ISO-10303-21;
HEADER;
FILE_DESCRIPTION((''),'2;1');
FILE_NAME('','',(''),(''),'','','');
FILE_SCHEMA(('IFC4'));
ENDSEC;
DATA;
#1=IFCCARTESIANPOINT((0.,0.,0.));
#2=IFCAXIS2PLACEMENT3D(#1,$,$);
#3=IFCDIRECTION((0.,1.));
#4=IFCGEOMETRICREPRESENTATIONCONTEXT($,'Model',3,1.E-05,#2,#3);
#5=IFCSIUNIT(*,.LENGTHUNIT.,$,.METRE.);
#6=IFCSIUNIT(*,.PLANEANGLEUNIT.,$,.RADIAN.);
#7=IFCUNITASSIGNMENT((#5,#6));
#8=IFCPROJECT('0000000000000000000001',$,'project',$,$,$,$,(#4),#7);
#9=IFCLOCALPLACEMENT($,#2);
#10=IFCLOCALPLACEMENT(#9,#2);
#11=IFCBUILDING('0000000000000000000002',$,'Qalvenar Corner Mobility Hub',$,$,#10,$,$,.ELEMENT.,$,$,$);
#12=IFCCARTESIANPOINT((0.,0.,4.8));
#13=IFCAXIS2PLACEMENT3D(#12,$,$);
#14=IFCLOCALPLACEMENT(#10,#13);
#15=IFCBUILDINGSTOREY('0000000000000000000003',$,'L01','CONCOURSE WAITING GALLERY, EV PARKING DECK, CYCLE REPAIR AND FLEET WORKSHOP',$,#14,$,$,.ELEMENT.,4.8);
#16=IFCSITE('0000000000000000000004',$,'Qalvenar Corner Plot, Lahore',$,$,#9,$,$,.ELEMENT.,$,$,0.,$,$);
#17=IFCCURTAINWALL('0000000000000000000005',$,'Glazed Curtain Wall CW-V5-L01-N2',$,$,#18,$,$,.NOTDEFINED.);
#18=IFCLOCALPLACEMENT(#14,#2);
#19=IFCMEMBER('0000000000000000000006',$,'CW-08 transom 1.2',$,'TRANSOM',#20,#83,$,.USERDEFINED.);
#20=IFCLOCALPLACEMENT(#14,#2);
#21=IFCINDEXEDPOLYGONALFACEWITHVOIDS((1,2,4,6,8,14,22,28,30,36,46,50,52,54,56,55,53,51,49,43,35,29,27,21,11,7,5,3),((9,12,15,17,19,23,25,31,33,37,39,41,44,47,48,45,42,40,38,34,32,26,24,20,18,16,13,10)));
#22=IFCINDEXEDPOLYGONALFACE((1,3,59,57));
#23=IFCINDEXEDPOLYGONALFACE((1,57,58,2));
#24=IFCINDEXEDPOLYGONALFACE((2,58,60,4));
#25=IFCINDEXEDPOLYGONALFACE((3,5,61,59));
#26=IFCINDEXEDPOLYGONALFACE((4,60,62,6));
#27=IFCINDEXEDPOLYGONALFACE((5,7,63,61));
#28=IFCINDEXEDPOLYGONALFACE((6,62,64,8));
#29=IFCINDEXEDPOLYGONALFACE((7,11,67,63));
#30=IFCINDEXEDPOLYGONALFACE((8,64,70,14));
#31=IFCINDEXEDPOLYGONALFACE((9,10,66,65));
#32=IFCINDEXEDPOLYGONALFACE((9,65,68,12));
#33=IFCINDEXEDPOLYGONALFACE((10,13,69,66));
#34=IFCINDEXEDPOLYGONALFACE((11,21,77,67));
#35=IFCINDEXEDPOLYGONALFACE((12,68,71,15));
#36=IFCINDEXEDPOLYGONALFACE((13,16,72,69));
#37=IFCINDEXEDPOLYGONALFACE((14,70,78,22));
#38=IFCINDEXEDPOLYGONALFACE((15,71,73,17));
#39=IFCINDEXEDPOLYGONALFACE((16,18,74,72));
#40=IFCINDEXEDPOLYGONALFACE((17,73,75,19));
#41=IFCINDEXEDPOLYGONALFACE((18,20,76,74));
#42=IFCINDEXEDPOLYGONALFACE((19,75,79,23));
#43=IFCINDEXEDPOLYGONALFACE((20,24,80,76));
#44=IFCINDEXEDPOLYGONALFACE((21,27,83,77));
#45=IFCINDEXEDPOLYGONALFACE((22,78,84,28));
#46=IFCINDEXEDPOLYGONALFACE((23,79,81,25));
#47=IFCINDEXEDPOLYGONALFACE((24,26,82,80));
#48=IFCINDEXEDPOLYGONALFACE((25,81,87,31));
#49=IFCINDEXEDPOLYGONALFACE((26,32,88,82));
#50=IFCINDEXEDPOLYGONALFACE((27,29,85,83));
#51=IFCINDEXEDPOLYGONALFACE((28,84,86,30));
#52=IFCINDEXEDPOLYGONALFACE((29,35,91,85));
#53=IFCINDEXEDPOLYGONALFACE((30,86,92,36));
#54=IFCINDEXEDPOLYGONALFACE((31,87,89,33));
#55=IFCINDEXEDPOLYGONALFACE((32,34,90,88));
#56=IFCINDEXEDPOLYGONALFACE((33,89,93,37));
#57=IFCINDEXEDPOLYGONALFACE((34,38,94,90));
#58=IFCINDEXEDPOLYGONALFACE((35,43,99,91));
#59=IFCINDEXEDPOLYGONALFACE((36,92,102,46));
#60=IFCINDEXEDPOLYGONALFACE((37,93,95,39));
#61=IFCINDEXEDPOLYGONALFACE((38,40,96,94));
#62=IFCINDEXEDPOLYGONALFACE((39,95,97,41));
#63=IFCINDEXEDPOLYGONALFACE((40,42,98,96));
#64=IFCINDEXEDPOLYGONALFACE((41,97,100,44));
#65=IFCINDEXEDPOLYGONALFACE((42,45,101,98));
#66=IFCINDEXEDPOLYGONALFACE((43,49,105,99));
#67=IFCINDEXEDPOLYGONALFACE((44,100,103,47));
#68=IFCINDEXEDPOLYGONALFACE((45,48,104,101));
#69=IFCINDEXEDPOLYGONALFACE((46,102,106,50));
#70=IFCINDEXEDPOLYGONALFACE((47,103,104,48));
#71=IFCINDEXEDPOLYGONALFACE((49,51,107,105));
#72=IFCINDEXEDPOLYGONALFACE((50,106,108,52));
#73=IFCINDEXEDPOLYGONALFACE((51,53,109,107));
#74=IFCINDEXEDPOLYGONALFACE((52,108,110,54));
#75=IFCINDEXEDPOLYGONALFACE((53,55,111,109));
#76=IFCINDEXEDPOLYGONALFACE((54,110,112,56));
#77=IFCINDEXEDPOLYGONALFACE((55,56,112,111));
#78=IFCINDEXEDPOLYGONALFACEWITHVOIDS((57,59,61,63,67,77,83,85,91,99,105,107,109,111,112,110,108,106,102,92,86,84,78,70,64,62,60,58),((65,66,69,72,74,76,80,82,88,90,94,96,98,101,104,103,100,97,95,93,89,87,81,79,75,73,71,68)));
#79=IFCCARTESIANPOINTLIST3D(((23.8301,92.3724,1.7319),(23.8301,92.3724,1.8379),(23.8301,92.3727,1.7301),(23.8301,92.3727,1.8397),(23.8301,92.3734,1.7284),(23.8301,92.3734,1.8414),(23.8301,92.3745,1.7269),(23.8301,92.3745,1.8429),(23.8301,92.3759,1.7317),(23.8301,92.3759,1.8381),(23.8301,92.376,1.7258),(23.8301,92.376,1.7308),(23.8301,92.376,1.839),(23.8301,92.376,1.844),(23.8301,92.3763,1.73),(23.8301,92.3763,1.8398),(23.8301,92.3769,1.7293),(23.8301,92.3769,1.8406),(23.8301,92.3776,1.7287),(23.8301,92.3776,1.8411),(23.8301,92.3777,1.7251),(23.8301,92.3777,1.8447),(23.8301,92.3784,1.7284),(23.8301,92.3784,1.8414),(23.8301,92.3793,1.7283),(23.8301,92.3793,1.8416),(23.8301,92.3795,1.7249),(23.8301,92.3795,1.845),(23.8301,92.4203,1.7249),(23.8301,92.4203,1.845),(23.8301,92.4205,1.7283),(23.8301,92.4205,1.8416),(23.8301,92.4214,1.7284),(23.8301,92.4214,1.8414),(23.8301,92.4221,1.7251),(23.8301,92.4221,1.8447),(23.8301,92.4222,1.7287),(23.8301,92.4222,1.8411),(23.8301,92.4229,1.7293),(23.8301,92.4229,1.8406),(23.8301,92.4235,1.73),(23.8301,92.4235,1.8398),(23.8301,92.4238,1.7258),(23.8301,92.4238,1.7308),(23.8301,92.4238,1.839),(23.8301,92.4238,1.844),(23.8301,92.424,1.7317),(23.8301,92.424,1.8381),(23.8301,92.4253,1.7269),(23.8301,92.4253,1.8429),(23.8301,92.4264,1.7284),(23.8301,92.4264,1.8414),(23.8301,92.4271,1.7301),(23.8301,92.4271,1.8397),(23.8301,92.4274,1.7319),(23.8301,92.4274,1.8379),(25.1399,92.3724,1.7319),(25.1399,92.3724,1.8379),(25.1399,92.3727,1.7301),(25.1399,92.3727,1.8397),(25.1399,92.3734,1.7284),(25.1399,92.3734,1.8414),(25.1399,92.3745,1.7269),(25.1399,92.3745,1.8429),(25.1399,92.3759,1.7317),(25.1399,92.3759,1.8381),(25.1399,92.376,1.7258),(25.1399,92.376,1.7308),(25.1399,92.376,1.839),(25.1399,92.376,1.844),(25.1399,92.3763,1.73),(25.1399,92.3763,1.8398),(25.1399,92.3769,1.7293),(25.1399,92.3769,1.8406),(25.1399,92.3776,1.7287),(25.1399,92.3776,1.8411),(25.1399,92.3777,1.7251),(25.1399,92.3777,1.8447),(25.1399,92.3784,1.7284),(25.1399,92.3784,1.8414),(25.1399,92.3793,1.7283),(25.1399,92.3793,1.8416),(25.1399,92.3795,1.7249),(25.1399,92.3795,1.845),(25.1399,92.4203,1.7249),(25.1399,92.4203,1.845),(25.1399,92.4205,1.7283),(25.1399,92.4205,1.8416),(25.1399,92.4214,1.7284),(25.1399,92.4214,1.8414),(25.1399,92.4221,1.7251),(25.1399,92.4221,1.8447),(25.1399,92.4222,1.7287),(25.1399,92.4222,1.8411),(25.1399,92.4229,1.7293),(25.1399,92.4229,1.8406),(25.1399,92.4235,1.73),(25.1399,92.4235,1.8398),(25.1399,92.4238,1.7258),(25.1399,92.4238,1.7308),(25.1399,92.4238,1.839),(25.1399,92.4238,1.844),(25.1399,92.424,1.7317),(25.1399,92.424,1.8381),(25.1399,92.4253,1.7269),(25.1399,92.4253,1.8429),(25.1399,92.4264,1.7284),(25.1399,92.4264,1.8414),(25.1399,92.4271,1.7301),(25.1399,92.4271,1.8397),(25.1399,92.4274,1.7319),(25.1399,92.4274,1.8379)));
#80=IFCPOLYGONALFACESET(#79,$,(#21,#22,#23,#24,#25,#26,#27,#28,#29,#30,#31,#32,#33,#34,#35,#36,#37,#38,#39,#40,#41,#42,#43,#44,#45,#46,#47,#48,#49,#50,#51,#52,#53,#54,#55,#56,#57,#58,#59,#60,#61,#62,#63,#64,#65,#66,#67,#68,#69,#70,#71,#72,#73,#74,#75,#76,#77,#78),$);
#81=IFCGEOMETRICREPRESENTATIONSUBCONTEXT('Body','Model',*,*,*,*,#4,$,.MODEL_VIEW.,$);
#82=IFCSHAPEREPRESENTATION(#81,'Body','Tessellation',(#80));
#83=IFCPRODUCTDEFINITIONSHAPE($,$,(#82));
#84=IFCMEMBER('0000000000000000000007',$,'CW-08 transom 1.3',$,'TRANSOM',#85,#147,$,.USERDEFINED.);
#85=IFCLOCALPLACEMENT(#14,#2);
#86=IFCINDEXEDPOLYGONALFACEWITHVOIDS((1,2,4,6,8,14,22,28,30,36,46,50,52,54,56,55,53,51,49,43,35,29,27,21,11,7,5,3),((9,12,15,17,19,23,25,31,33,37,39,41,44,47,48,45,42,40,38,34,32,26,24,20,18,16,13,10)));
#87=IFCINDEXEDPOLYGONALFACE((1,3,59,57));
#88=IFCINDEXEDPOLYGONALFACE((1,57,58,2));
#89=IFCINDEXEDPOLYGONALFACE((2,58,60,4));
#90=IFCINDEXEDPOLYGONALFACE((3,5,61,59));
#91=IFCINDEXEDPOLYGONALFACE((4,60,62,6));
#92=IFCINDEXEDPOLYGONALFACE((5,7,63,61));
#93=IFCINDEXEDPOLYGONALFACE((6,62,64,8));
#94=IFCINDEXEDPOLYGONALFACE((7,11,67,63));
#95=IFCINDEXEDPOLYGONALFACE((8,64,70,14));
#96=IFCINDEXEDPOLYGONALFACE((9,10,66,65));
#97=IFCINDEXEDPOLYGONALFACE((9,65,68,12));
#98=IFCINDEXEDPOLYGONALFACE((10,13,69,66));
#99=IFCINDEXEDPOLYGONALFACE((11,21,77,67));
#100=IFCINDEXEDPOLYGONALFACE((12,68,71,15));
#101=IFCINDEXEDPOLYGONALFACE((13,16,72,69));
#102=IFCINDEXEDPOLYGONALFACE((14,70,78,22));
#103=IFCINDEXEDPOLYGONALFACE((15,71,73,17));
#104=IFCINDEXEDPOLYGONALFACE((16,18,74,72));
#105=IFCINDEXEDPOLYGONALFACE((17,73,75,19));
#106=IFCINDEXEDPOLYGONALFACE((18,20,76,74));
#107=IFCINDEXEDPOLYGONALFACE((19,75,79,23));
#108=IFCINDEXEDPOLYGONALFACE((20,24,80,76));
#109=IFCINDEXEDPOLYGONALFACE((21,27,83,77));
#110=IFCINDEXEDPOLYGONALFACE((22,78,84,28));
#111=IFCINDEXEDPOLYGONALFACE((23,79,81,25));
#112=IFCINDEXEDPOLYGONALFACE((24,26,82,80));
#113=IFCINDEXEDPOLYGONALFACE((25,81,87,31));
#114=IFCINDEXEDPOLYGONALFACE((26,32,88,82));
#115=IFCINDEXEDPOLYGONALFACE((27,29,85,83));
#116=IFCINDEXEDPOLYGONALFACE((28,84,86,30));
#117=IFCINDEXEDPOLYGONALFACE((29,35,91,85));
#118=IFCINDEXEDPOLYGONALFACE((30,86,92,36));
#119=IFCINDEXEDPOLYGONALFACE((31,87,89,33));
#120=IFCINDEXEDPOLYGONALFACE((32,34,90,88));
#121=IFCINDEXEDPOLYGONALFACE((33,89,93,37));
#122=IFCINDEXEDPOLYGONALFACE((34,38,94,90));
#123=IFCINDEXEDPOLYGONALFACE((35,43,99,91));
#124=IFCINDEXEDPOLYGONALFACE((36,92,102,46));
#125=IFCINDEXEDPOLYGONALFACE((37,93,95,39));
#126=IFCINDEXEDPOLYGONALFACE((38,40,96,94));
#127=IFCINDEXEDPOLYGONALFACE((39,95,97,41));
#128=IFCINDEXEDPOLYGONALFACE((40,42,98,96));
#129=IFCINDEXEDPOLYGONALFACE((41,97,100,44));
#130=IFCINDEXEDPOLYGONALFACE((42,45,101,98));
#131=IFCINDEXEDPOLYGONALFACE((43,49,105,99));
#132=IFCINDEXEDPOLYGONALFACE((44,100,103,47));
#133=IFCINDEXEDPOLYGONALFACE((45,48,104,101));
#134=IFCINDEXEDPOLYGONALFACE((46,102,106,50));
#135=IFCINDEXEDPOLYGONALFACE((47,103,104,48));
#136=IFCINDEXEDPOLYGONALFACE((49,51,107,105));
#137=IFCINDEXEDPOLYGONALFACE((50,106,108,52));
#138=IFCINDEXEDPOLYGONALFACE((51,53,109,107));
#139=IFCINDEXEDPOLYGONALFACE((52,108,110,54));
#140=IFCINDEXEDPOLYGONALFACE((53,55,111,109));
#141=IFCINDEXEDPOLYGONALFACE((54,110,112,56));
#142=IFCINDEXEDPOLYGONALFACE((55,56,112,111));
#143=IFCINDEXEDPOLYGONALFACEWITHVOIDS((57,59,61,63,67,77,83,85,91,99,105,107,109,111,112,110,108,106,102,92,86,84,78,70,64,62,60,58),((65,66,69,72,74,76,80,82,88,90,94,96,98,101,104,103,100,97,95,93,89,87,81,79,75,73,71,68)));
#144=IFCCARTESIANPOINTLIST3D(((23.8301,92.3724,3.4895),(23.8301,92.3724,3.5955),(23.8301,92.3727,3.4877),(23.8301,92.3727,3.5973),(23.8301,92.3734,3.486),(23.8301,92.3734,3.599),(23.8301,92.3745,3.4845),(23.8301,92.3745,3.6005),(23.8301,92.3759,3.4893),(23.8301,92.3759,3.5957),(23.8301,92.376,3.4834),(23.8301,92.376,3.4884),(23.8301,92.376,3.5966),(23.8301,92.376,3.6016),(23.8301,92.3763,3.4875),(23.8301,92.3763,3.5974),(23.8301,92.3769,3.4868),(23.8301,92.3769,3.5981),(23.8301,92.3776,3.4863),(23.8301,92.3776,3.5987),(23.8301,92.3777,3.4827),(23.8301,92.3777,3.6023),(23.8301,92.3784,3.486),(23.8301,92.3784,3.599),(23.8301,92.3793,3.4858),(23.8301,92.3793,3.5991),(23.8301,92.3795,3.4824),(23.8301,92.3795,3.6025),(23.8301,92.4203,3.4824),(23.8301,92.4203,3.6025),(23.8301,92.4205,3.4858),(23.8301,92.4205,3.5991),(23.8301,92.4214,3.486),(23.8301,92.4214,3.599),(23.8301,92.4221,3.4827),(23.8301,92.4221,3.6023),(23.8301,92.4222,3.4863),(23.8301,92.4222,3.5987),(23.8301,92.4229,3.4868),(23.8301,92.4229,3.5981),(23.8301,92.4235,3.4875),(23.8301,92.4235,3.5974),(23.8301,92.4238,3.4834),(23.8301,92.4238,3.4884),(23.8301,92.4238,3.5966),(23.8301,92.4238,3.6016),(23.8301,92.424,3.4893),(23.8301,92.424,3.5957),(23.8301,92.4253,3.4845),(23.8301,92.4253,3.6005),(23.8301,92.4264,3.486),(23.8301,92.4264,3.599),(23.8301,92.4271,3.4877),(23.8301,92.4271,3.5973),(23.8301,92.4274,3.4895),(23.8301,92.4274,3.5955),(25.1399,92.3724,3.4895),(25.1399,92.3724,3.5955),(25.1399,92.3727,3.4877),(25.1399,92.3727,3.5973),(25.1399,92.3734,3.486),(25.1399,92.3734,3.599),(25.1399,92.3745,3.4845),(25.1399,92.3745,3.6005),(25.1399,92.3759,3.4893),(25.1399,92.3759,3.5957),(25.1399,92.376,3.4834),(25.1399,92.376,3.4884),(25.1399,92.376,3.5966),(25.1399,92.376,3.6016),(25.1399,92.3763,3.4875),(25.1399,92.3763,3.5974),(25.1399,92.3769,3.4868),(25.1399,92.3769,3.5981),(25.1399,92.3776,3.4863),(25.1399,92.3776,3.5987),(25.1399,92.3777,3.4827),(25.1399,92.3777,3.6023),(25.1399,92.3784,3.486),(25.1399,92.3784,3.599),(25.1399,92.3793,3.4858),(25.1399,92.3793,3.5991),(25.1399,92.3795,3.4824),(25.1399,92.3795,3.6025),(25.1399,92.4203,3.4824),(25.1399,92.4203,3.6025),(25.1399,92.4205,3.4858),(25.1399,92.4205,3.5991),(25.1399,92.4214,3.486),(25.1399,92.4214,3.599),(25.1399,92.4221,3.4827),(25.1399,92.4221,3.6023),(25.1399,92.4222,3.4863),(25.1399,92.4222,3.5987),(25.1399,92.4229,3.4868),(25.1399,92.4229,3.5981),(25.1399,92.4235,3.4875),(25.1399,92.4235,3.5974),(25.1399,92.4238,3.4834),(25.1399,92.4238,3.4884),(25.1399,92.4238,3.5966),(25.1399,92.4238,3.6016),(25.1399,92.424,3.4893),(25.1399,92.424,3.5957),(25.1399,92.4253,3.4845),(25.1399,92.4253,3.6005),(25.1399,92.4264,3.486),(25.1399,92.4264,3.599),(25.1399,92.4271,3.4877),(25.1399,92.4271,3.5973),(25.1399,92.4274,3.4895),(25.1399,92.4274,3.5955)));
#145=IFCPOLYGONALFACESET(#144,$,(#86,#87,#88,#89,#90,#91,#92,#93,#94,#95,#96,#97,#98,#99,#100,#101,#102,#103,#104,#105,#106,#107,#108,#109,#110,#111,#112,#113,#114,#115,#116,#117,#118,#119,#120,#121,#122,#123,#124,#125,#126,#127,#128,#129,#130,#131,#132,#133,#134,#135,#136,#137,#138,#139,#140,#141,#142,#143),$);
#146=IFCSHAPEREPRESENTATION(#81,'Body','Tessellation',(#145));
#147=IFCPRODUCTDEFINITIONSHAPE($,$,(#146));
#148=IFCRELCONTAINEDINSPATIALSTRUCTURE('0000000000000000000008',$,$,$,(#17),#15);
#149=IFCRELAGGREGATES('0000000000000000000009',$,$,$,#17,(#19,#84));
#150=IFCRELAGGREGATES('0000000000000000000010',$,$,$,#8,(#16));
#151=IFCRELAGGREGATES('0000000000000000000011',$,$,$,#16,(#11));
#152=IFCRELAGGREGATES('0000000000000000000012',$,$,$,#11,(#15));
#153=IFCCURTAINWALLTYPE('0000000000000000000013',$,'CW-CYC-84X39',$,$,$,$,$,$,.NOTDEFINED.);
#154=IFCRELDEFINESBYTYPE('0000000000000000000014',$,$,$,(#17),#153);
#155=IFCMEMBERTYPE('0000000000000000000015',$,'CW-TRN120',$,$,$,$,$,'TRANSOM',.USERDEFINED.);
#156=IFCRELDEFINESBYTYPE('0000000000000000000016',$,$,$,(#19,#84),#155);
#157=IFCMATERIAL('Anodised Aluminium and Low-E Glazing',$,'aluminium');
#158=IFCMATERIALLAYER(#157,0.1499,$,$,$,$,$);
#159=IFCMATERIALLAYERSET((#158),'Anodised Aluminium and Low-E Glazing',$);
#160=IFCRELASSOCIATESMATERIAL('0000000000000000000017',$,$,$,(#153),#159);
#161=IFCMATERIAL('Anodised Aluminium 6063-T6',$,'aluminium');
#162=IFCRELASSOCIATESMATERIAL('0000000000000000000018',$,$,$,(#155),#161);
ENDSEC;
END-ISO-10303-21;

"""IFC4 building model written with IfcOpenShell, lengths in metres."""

from ifc_helpers import new_model, si_unit, direction, frame, origin, origin_2d, place, context, subcontext, project, spatial, hollow_rectangle, extrude, material, layer, layer_set, material_profile, profile_set, type_object, element, aggregate, save


model = new_model("IFC4")

# Units and contexts
model_context = context("Model", 3, precision=1e-05, world=origin(), true_north=direction((0.0, 1.0)))
body_context = subcontext(model_context, "Body", "Model", "MODEL_VIEW")
ifc_project = project(units=[si_unit("LENGTHUNIT", "METRE"), si_unit("PLANEANGLEUNIT", "RADIAN")], contexts=[model_context])

# Site, building, storey
site_placement = place(None, origin())
site = spatial("IfcSite", under=ifc_project, at=site_placement, Name="Qalvenar Corner Plot, Lahore", CompositionType="ELEMENT", RefElevation=0.0)
building_placement = place(site_placement, origin())
building = spatial("IfcBuilding", under=site, at=building_placement, Name="Qalvenar Corner Mobility Hub", CompositionType="ELEMENT")
storey_placement = place(building_placement, frame((0.0, 0.0, 4.8)))
storey = spatial("IfcBuildingStorey", under=building, at=storey_placement, Name="L01", Description="CONCOURSE WAITING GALLERY, EV PARKING DECK, CYCLE REPAIR AND FLEET WORKSHOP", CompositionType="ELEMENT", Elevation=4.8)

# Curtain wall
ifc_material_1 = material(Name="Anodised Aluminium and Low-E Glazing", Category="aluminium")
ifc_layer_1 = layer(ifc_material_1, 0.1499)
ifc_layer_set_1 = layer_set([ifc_layer_1], Name="Anodised Aluminium and Low-E Glazing")
curtain_wall_type = type_object("IfcCurtainWallType", Name="CW-CYC-84X39", PredefinedType="NOTDEFINED", material=ifc_layer_set_1)
curtain_wall_1_placement = place(storey_placement, origin())
curtain_wall_1 = element("IfcCurtainWall", 1, at=curtain_wall_1_placement, inside=storey, type_object=curtain_wall_type, Name="Glazed Curtain Wall CW-V5-L01-N2", PredefinedType="NOTDEFINED")
ifc_material_2 = material(Name="Anodised Aluminium 6063-T6", Category="aluminium")

# Members
ifc_material_profile_1 = material_profile(ifc_material_2, hollow_rectangle(XDim=0.0549, YDim=0.1201, WallThickness=0.0034, InnerFilletRadius=0.0034, OuterFilletRadius=0.0071, at=origin_2d()), Name="RHS120x55x3.5")
ifc_profile_set_1 = profile_set([ifc_material_profile_1], Name="Anodised Aluminium 6063-T6")
member_type_1 = type_object("IfcMemberType", Name="CW-TRN120", ElementType="TRANSOM", PredefinedType="USERDEFINED", material=ifc_profile_set_1)
member_1_placement = place(storey_placement, frame((25.1399, 92.3999, 1.7849), z_axis=(-1.0, 0.0, 0.0), x_axis=(0.0, -1.0, 0.0)))
member_1 = element("IfcMember", 2, at=member_1_placement, type_object=member_type_1, Name="CW-08 transom 1.2", ObjectType="TRANSOM", PredefinedType="USERDEFINED", context=body_context, shape_type="SweptSolid", body=[
    extrude(hollow_rectangle(XDim=0.0549, YDim=0.1201, WallThickness=0.0034, InnerFilletRadius=0.0034, OuterFilletRadius=0.0071, at=origin_2d()), origin(), (0.0, 0.0, 1.0), 1.3098),
])
member_2_placement = place(storey_placement, frame((25.1399, 92.3999, 3.5425), z_axis=(-1.0, 0.0, 0.0), x_axis=(0.0, -1.0, 0.0)))
member_2 = element("IfcMember", 3, at=member_2_placement, type_object=member_type_1, Name="CW-08 transom 1.3", ObjectType="TRANSOM", PredefinedType="USERDEFINED", context=body_context, shape_type="SweptSolid", body=[
    extrude(hollow_rectangle(XDim=0.0549, YDim=0.1201, WallThickness=0.0034, InnerFilletRadius=0.0034, OuterFilletRadius=0.0071, at=origin_2d()), origin(), (0.0, 0.0, 1.0), 1.3098),
])
aggregate(curtain_wall_1, [member_1, member_2])

save(model, "model.ifc")
